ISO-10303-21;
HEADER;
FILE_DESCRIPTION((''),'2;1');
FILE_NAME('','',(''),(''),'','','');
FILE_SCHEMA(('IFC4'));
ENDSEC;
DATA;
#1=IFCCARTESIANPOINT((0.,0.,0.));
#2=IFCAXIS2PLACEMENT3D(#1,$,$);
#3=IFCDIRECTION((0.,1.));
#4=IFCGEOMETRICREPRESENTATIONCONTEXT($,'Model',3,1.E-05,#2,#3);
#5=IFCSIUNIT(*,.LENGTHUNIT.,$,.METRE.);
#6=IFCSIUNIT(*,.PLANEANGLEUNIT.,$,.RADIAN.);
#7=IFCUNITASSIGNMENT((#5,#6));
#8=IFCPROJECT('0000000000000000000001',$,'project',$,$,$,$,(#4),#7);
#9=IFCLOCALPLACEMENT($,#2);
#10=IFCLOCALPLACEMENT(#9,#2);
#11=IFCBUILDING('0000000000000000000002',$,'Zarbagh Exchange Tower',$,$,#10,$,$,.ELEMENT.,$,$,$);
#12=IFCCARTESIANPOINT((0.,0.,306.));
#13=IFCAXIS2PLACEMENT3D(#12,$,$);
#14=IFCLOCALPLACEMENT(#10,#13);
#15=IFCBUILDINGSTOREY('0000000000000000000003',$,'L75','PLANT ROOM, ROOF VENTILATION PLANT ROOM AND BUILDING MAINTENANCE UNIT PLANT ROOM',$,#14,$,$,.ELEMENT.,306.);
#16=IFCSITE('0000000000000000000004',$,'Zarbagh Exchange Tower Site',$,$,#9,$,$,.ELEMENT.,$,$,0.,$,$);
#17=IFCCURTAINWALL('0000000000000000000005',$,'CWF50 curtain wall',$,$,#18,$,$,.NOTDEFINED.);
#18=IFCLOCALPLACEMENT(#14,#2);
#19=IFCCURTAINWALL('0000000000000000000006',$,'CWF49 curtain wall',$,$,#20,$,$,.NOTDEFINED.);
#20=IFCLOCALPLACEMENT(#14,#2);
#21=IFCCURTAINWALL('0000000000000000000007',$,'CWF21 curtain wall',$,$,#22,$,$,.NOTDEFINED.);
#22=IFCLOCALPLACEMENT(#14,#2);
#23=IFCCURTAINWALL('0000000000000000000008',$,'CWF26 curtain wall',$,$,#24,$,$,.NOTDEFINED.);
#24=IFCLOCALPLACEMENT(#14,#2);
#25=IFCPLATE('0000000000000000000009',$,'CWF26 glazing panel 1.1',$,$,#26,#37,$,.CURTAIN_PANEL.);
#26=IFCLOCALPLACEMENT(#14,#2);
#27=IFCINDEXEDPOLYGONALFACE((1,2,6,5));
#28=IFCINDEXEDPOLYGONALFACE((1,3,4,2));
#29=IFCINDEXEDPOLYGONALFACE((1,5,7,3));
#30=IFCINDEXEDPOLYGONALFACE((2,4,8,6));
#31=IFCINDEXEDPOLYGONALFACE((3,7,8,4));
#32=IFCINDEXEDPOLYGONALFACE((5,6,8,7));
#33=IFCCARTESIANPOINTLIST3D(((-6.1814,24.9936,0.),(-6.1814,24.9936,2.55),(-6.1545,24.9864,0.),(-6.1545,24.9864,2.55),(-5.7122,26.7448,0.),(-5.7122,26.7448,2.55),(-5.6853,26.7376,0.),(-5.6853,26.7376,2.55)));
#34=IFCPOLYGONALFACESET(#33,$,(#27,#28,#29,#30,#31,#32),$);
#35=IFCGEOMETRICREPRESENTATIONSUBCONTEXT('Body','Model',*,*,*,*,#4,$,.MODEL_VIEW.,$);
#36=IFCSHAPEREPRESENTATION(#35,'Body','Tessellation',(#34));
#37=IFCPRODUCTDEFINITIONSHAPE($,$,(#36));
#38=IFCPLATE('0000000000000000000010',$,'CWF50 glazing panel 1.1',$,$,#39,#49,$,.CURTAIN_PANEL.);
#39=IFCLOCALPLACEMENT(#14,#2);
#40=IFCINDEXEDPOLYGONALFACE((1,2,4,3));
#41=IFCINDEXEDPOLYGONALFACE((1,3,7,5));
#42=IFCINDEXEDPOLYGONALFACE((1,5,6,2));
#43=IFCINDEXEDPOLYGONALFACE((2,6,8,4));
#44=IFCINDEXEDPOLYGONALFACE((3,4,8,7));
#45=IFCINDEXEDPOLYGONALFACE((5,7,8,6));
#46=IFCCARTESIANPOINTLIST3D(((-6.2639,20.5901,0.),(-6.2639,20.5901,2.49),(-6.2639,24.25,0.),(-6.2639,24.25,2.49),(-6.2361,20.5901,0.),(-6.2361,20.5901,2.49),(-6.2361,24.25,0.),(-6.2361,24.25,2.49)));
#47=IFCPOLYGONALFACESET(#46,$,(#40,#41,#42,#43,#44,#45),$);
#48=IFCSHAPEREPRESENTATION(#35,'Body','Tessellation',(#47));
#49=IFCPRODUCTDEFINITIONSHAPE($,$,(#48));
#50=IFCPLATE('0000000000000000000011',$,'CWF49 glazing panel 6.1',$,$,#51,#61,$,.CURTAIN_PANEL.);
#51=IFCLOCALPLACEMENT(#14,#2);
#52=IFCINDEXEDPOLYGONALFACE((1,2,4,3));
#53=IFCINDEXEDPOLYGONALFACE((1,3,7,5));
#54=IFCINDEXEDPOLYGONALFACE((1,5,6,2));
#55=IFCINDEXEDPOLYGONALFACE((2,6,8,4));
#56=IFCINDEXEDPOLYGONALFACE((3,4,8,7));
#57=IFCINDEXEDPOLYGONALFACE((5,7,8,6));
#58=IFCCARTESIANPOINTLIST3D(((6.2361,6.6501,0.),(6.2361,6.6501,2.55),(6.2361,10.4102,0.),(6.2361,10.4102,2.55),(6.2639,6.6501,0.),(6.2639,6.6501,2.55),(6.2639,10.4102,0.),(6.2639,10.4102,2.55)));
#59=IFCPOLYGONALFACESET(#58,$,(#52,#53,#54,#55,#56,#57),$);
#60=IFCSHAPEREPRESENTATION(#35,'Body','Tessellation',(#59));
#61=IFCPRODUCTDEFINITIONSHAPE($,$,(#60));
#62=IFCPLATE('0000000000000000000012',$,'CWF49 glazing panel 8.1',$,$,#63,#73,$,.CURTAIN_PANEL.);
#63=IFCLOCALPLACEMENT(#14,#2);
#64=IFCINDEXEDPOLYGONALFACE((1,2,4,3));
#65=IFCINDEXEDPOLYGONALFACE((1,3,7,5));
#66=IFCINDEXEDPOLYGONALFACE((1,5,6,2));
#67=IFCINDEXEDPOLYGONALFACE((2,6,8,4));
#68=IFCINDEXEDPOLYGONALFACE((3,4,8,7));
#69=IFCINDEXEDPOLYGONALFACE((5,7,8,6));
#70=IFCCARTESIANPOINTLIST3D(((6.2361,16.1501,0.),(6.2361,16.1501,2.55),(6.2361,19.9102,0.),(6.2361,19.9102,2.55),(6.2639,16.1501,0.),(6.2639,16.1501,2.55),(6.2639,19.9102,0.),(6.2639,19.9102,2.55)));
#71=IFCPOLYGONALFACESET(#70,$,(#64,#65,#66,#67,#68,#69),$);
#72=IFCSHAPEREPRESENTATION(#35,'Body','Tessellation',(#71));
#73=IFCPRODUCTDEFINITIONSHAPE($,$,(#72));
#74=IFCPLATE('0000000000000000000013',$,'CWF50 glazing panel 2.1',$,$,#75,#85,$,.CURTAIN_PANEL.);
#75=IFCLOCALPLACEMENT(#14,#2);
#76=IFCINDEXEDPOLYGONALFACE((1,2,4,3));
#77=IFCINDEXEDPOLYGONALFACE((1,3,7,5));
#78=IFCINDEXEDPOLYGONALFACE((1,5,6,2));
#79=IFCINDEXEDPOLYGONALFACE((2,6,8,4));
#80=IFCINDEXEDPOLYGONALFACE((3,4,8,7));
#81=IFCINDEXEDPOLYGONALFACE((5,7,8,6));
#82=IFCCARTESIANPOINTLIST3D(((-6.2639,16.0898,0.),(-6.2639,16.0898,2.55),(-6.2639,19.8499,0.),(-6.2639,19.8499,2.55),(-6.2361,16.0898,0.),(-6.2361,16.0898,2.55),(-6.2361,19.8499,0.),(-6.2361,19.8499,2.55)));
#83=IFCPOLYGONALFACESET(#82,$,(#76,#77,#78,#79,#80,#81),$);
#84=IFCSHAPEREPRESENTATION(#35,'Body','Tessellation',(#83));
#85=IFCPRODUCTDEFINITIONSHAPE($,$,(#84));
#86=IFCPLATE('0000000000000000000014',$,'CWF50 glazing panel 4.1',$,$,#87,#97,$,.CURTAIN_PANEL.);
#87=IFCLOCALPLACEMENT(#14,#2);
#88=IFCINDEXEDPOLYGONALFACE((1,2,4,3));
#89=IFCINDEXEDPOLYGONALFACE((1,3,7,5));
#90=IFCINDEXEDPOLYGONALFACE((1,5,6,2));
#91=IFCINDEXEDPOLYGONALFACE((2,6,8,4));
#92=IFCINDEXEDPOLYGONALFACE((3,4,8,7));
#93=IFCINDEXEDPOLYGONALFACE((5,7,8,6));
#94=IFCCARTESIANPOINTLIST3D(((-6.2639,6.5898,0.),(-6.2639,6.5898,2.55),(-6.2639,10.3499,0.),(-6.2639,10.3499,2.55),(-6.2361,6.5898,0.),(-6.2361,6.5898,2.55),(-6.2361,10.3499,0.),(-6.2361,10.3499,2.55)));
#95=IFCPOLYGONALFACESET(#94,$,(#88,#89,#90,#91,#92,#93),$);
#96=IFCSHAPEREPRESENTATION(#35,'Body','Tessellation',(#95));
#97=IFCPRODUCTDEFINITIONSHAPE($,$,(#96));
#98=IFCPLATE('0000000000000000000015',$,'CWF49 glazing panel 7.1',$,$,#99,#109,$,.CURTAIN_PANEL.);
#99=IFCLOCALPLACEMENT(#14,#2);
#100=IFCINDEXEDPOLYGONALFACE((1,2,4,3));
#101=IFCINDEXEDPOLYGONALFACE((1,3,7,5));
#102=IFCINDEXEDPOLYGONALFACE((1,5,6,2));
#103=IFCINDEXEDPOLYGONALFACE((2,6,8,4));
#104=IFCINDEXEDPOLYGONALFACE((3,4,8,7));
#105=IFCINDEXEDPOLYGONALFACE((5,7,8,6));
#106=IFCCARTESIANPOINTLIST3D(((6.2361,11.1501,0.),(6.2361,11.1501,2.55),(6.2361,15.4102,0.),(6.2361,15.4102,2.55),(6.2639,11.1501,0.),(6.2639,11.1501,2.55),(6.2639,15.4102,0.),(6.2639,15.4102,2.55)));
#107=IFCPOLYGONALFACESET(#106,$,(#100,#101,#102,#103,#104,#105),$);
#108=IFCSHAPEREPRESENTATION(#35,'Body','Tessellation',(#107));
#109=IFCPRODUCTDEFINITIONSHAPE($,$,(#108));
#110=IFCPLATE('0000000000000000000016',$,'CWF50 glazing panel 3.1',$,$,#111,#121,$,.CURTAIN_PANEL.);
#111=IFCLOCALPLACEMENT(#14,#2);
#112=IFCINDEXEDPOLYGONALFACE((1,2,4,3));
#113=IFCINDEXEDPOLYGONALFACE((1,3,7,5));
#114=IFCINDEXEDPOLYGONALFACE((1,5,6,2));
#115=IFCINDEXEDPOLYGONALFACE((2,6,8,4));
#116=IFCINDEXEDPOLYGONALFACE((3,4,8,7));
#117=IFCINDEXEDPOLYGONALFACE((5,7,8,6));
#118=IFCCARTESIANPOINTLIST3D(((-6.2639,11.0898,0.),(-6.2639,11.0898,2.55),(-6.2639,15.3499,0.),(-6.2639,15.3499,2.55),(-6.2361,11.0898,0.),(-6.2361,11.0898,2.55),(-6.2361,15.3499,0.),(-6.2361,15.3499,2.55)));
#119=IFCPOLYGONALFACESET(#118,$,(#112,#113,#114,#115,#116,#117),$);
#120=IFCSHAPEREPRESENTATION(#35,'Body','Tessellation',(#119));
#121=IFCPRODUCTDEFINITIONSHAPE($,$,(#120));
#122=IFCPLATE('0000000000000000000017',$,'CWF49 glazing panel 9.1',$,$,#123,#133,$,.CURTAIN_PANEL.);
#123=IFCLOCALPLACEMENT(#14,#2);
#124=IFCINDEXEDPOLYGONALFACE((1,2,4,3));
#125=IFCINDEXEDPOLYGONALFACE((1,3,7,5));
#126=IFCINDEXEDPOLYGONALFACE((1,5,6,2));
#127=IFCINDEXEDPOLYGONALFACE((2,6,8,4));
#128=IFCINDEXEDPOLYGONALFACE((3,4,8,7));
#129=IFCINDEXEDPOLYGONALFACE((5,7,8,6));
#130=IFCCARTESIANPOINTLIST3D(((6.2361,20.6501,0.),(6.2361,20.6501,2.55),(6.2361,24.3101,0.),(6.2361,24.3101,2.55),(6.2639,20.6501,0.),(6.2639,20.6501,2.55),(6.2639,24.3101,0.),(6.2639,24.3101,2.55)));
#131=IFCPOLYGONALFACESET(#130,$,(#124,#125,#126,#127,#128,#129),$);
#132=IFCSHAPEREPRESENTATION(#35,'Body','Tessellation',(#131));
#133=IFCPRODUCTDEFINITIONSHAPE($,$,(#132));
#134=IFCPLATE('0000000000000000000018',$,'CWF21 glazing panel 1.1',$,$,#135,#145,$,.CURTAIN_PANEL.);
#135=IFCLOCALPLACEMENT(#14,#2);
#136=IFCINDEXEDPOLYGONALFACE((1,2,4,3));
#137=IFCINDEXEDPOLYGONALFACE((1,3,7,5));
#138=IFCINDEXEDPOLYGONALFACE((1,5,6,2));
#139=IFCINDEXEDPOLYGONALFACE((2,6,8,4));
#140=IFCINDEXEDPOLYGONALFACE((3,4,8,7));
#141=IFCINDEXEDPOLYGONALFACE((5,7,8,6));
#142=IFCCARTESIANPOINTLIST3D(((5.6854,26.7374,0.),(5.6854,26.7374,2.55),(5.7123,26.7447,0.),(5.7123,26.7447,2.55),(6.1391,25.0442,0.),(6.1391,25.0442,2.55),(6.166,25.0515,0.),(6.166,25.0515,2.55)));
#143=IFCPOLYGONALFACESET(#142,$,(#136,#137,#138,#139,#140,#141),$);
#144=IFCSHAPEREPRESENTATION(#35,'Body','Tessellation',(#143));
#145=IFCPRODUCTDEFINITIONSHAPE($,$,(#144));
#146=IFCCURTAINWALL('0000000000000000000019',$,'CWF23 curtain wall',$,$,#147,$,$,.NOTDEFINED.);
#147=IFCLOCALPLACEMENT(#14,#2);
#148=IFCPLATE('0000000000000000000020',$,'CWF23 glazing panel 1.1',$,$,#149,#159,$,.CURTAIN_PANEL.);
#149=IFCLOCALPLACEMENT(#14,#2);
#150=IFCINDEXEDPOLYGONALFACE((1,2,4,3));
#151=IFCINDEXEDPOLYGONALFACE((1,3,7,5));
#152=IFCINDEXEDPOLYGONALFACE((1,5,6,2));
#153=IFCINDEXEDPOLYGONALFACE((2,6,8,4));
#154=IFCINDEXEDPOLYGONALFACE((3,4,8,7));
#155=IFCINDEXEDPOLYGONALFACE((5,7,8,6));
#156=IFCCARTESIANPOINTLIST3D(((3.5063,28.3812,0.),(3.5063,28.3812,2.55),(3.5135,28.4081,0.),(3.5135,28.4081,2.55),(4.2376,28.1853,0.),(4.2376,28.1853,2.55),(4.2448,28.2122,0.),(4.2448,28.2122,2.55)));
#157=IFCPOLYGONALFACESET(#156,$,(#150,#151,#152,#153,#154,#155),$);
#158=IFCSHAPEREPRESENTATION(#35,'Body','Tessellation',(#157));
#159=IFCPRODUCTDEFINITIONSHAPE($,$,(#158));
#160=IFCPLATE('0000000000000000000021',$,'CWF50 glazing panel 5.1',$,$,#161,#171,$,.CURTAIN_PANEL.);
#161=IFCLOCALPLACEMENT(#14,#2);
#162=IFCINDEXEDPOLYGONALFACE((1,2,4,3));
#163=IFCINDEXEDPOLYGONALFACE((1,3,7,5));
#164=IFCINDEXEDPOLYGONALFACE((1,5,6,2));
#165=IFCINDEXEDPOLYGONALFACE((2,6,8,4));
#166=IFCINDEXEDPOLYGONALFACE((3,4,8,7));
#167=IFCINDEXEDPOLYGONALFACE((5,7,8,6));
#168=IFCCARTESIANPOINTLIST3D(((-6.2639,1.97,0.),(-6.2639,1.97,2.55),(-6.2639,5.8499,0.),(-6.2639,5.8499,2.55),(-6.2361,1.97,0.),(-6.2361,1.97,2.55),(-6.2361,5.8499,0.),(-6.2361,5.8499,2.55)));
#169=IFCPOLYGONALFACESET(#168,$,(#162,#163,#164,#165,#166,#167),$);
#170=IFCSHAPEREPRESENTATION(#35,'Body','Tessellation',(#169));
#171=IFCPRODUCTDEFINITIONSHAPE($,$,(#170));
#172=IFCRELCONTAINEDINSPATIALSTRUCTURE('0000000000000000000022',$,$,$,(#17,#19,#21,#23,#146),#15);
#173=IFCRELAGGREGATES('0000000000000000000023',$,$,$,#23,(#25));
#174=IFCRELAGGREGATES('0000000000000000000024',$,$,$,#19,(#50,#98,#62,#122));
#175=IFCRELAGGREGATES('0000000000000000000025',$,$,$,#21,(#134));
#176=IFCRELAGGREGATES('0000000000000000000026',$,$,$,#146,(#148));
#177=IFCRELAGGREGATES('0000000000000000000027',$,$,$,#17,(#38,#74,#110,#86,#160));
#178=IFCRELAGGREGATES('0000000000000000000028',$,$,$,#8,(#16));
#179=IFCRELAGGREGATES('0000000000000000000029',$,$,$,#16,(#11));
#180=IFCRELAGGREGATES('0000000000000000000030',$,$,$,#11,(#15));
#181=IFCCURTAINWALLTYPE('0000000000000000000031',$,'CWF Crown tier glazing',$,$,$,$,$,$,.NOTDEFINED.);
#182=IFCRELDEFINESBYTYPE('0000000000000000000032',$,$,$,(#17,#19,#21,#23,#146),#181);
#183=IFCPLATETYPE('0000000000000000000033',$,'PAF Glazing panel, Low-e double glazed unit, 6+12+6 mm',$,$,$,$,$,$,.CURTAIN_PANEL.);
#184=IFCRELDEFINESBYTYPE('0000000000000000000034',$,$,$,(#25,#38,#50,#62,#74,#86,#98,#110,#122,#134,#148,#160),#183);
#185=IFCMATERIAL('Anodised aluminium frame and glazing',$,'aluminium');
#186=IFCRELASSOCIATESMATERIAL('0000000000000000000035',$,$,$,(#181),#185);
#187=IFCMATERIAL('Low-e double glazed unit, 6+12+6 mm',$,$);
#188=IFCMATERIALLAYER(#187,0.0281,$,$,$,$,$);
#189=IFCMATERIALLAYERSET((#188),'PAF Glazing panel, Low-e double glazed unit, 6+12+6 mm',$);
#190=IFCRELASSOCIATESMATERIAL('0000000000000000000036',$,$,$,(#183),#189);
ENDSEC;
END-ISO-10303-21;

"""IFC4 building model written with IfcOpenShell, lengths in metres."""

from ifc_helpers import new_model, si_unit, direction, frame, origin, place, context, subcontext, project, spatial, polyline, outline, extrude, source, transform, mapped, material, layer, layer_set, type_object, element, aggregate, save


model = new_model("IFC4")

# Units and contexts
model_context = context("Model", 3, precision=1e-05, world=origin(), true_north=direction((0.0, 1.0)))
body_context = subcontext(model_context, "Body", "Model", "MODEL_VIEW")
ifc_project = project(units=[si_unit("LENGTHUNIT", "METRE"), si_unit("PLANEANGLEUNIT", "RADIAN")], contexts=[model_context])

# Site, building, storey
site_placement = place(None, origin())
site = spatial("IfcSite", under=ifc_project, at=site_placement, Name="Zarbagh Exchange Tower Site", CompositionType="ELEMENT", RefElevation=0.0)
building_placement = place(site_placement, origin())
building = spatial("IfcBuilding", under=site, at=building_placement, Name="Zarbagh Exchange Tower", CompositionType="ELEMENT")
storey_placement = place(building_placement, frame((0.0, 0.0, 306.0)))
storey = spatial("IfcBuildingStorey", under=building, at=storey_placement, Name="L75", Description="PLANT ROOM, ROOF VENTILATION PLANT ROOM AND BUILDING MAINTENANCE UNIT PLANT ROOM", CompositionType="ELEMENT", Elevation=306.0)

# Curtain wall
ifc_material_1 = material(Name="Anodised aluminium frame and glazing", Category="aluminium")
curtain_wall_type = type_object("IfcCurtainWallType", Name="CWF Crown tier glazing", PredefinedType="NOTDEFINED", material=ifc_material_1)
curtain_wall_1_placement = place(storey_placement, origin())
curtain_wall_1 = element("IfcCurtainWall", 1, at=curtain_wall_1_placement, inside=storey, type_object=curtain_wall_type, Name="CWF50 curtain wall", PredefinedType="NOTDEFINED")
placement = place(storey_placement, origin())

# Curtain wall
curtain_wall_2_placement = place(storey_placement, origin())
curtain_wall_2 = element("IfcCurtainWall", 2, at=curtain_wall_2_placement, inside=storey, type_object=curtain_wall_type, Name="CWF49 curtain wall", PredefinedType="NOTDEFINED")

# Curtain wall
curtain_wall_3_placement = place(storey_placement, origin())
curtain_wall_3 = element("IfcCurtainWall", 3, at=curtain_wall_3_placement, inside=storey, type_object=curtain_wall_type, Name="CWF21 curtain wall", PredefinedType="NOTDEFINED")

# Shared definitions
ifc_material_2 = material(Name="Low-e double glazed unit, 6+12+6 mm")
ifc_layer = layer(ifc_material_2, 0.0281)
ifc_layer_set = layer_set([ifc_layer], Name="PAF Glazing panel, Low-e double glazed unit, 6+12+6 mm")
plate_type = type_object("IfcPlateType", Name="PAF Glazing panel, Low-e double glazed unit, 6+12+6 mm", PredefinedType="CURTAIN_PANEL", material=ifc_layer_set)

# Curtain wall, plate
curtain_wall_4_placement = place(storey_placement, origin())
curtain_wall_4 = element("IfcCurtainWall", 4, at=curtain_wall_4_placement, inside=storey, type_object=curtain_wall_type, Name="CWF26 curtain wall", PredefinedType="NOTDEFINED")
shared_shape_1 = source(origin(), body_context, "Body", "SweptSolid", [
    extrude(outline(polyline([(0.0, -0.0139), (1.813, -0.0139), (1.813, 0.0139), (0.0, 0.0139), (0.0, -0.0139)])), origin(), (0.0, 0.0, 1.0), 2.55),
])
plate_1 = element("IfcPlate", 5, at=placement, type_object=plate_type, Name="CWF26 glazing panel 1.1", PredefinedType="CURTAIN_PANEL", context=body_context, shape_type="MappedRepresentation", body=[
    mapped(shared_shape_1, transform((-5.6987, 26.7412, 0.0), x_axis=(-0.258825, -0.965924, 0.0), y_axis=(0.965924, -0.258825, 0.0), z_axis=(0.0, 0.0, 1.0))),
])
aggregate(curtain_wall_4, [plate_1])

# Plates
shared_shape_2 = source(origin(), body_context, "Body", "SweptSolid", [
    extrude(outline(polyline([(0.0, -0.0139), (3.6599, -0.0139), (3.6599, 0.0139), (0.0, 0.0139), (0.0, -0.0139)])), origin(), (0.0, 0.0, 1.0), 2.49),
])
plate_2 = element("IfcPlate", 6, at=placement, type_object=plate_type, Name="CWF50 glazing panel 1.1", PredefinedType="CURTAIN_PANEL", context=body_context, shape_type="MappedRepresentation", body=[
    mapped(shared_shape_2, transform((-6.25, 24.25, 0.0), x_axis=(0.0, -1.0, 0.0), y_axis=(1.0, 0.0, 0.0), z_axis=(0.0, 0.0, 1.0))),
])
shared_shape_3 = source(origin(), body_context, "Body", "SweptSolid", [
    extrude(outline(polyline([(0.0, -0.0139), (3.76, -0.0139), (3.76, 0.0139), (0.0, 0.0139), (0.0, -0.0139)])), origin(), (0.0, 0.0, 1.0), 2.55),
])
plate_3 = element("IfcPlate", 7, at=placement, type_object=plate_type, Name="CWF49 glazing panel 6.1", PredefinedType="CURTAIN_PANEL", context=body_context, shape_type="MappedRepresentation", body=[
    mapped(shared_shape_3, transform((6.25, 6.6501, 0.0), x_axis=(0.0, 1.0, 0.0), y_axis=(-1.0, 0.0, 0.0), z_axis=(0.0, 0.0, 1.0))),
])
plate_4 = element("IfcPlate", 8, at=placement, type_object=plate_type, Name="CWF49 glazing panel 8.1", PredefinedType="CURTAIN_PANEL", context=body_context, shape_type="MappedRepresentation", body=[
    mapped(shared_shape_3, transform((6.25, 16.1501, 0.0), x_axis=(0.0, 1.0, 0.0), y_axis=(-1.0, 0.0, 0.0), z_axis=(0.0, 0.0, 1.0))),
])
plate_5 = element("IfcPlate", 9, at=placement, type_object=plate_type, Name="CWF50 glazing panel 2.1", PredefinedType="CURTAIN_PANEL", context=body_context, shape_type="MappedRepresentation", body=[
    mapped(shared_shape_3, transform((-6.25, 19.8499, 0.0), x_axis=(0.0, -1.0, 0.0), y_axis=(1.0, 0.0, 0.0), z_axis=(0.0, 0.0, 1.0))),
])
plate_6 = element("IfcPlate", 10, at=placement, type_object=plate_type, Name="CWF50 glazing panel 4.1", PredefinedType="CURTAIN_PANEL", context=body_context, shape_type="MappedRepresentation", body=[
    mapped(shared_shape_3, transform((-6.25, 10.3499, 0.0), x_axis=(0.0, -1.0, 0.0), y_axis=(1.0, 0.0, 0.0), z_axis=(0.0, 0.0, 1.0))),
])
shared_shape_4 = source(origin(), body_context, "Body", "SweptSolid", [
    extrude(outline(polyline([(0.0, -0.0139), (4.26, -0.0139), (4.26, 0.0139), (0.0, 0.0139), (0.0, -0.0139)])), origin(), (0.0, 0.0, 1.0), 2.55),
])
plate_7 = element("IfcPlate", 11, at=placement, type_object=plate_type, Name="CWF49 glazing panel 7.1", PredefinedType="CURTAIN_PANEL", context=body_context, shape_type="MappedRepresentation", body=[
    mapped(shared_shape_4, transform((6.25, 11.1501, 0.0), x_axis=(0.0, 1.0, 0.0), y_axis=(-1.0, 0.0, 0.0), z_axis=(0.0, 0.0, 1.0))),
])
plate_8 = element("IfcPlate", 12, at=placement, type_object=plate_type, Name="CWF50 glazing panel 3.1", PredefinedType="CURTAIN_PANEL", context=body_context, shape_type="MappedRepresentation", body=[
    mapped(shared_shape_4, transform((-6.25, 15.3499, 0.0), x_axis=(0.0, -1.0, 0.0), y_axis=(1.0, 0.0, 0.0), z_axis=(0.0, 0.0, 1.0))),
])
shared_shape_5 = source(origin(), body_context, "Body", "SweptSolid", [
    extrude(outline(polyline([(0.0, -0.0139), (3.6599, -0.0139), (3.6599, 0.0139), (0.0, 0.0139), (0.0, -0.0139)])), origin(), (0.0, 0.0, 1.0), 2.55),
])
plate_9 = element("IfcPlate", 13, at=placement, type_object=plate_type, Name="CWF49 glazing panel 9.1", PredefinedType="CURTAIN_PANEL", context=body_context, shape_type="MappedRepresentation", body=[
    mapped(shared_shape_5, transform((6.25, 20.6501, 0.0), x_axis=(0.0, 1.0, 0.0), y_axis=(-1.0, 0.0, 0.0), z_axis=(0.0, 0.0, 1.0))),
])
aggregate(curtain_wall_2, [plate_3, plate_7, plate_4, plate_9])
shared_shape_6 = source(origin(), body_context, "Body", "SweptSolid", [
    extrude(outline(polyline([(0.0, -0.0139), (1.7529, -0.0139), (1.7529, 0.0139), (0.0, 0.0139), (0.0, -0.0139)])), origin(), (0.0, 0.0, 1.0), 2.55),
])
plate_10 = element("IfcPlate", 14, at=placement, type_object=plate_type, Name="CWF21 glazing panel 1.1", PredefinedType="CURTAIN_PANEL", context=body_context, shape_type="MappedRepresentation", body=[
    mapped(shared_shape_6, transform((6.1526, 25.0479, 0.0), x_axis=(-0.258825, 0.965924, 0.0), y_axis=(-0.965924, -0.258825, 0.0), z_axis=(0.0, 0.0, 1.0))),
])
aggregate(curtain_wall_3, [plate_10])

# Curtain wall, plate
curtain_wall_5_placement = place(storey_placement, origin())
curtain_wall_5 = element("IfcCurtainWall", 15, at=curtain_wall_5_placement, inside=storey, type_object=curtain_wall_type, Name="CWF23 curtain wall", PredefinedType="NOTDEFINED")
shared_shape_7 = source(origin(), body_context, "Body", "SweptSolid", [
    extrude(outline(polyline([(0.0, -0.0139), (0.7571, -0.0139), (0.7571, 0.0139), (0.0, 0.0139), (0.0, -0.0139)])), origin(), (0.0, 0.0, 1.0), 2.55),
])
plate_11 = element("IfcPlate", 16, at=placement, type_object=plate_type, Name="CWF23 glazing panel 1.1", PredefinedType="CURTAIN_PANEL", context=body_context, shape_type="MappedRepresentation", body=[
    mapped(shared_shape_7, transform((4.2412, 28.1987, 0.0), x_axis=(-0.965924, 0.258825, 0.0), y_axis=(-0.258825, -0.965924, 0.0), z_axis=(0.0, 0.0, 1.0))),
])
aggregate(curtain_wall_5, [plate_11])

# Plate
shared_shape_8 = source(origin(), body_context, "Body", "SweptSolid", [
    extrude(outline(polyline([(0.0, -0.0139), (3.8799, -0.0139), (3.8799, 0.0139), (0.0, 0.0139), (0.0, -0.0139)])), origin(), (0.0, 0.0, 1.0), 2.55),
])
plate_12 = element("IfcPlate", 17, at=placement, type_object=plate_type, Name="CWF50 glazing panel 5.1", PredefinedType="CURTAIN_PANEL", context=body_context, shape_type="MappedRepresentation", body=[
    mapped(shared_shape_8, transform((-6.25, 5.8499, 0.0), x_axis=(0.0, -1.0, 0.0), y_axis=(1.0, 0.0, 0.0), z_axis=(0.0, 0.0, 1.0))),
])
aggregate(curtain_wall_1, [plate_2, plate_5, plate_8, plate_6, plate_12])

save(model, "model.ifc")
